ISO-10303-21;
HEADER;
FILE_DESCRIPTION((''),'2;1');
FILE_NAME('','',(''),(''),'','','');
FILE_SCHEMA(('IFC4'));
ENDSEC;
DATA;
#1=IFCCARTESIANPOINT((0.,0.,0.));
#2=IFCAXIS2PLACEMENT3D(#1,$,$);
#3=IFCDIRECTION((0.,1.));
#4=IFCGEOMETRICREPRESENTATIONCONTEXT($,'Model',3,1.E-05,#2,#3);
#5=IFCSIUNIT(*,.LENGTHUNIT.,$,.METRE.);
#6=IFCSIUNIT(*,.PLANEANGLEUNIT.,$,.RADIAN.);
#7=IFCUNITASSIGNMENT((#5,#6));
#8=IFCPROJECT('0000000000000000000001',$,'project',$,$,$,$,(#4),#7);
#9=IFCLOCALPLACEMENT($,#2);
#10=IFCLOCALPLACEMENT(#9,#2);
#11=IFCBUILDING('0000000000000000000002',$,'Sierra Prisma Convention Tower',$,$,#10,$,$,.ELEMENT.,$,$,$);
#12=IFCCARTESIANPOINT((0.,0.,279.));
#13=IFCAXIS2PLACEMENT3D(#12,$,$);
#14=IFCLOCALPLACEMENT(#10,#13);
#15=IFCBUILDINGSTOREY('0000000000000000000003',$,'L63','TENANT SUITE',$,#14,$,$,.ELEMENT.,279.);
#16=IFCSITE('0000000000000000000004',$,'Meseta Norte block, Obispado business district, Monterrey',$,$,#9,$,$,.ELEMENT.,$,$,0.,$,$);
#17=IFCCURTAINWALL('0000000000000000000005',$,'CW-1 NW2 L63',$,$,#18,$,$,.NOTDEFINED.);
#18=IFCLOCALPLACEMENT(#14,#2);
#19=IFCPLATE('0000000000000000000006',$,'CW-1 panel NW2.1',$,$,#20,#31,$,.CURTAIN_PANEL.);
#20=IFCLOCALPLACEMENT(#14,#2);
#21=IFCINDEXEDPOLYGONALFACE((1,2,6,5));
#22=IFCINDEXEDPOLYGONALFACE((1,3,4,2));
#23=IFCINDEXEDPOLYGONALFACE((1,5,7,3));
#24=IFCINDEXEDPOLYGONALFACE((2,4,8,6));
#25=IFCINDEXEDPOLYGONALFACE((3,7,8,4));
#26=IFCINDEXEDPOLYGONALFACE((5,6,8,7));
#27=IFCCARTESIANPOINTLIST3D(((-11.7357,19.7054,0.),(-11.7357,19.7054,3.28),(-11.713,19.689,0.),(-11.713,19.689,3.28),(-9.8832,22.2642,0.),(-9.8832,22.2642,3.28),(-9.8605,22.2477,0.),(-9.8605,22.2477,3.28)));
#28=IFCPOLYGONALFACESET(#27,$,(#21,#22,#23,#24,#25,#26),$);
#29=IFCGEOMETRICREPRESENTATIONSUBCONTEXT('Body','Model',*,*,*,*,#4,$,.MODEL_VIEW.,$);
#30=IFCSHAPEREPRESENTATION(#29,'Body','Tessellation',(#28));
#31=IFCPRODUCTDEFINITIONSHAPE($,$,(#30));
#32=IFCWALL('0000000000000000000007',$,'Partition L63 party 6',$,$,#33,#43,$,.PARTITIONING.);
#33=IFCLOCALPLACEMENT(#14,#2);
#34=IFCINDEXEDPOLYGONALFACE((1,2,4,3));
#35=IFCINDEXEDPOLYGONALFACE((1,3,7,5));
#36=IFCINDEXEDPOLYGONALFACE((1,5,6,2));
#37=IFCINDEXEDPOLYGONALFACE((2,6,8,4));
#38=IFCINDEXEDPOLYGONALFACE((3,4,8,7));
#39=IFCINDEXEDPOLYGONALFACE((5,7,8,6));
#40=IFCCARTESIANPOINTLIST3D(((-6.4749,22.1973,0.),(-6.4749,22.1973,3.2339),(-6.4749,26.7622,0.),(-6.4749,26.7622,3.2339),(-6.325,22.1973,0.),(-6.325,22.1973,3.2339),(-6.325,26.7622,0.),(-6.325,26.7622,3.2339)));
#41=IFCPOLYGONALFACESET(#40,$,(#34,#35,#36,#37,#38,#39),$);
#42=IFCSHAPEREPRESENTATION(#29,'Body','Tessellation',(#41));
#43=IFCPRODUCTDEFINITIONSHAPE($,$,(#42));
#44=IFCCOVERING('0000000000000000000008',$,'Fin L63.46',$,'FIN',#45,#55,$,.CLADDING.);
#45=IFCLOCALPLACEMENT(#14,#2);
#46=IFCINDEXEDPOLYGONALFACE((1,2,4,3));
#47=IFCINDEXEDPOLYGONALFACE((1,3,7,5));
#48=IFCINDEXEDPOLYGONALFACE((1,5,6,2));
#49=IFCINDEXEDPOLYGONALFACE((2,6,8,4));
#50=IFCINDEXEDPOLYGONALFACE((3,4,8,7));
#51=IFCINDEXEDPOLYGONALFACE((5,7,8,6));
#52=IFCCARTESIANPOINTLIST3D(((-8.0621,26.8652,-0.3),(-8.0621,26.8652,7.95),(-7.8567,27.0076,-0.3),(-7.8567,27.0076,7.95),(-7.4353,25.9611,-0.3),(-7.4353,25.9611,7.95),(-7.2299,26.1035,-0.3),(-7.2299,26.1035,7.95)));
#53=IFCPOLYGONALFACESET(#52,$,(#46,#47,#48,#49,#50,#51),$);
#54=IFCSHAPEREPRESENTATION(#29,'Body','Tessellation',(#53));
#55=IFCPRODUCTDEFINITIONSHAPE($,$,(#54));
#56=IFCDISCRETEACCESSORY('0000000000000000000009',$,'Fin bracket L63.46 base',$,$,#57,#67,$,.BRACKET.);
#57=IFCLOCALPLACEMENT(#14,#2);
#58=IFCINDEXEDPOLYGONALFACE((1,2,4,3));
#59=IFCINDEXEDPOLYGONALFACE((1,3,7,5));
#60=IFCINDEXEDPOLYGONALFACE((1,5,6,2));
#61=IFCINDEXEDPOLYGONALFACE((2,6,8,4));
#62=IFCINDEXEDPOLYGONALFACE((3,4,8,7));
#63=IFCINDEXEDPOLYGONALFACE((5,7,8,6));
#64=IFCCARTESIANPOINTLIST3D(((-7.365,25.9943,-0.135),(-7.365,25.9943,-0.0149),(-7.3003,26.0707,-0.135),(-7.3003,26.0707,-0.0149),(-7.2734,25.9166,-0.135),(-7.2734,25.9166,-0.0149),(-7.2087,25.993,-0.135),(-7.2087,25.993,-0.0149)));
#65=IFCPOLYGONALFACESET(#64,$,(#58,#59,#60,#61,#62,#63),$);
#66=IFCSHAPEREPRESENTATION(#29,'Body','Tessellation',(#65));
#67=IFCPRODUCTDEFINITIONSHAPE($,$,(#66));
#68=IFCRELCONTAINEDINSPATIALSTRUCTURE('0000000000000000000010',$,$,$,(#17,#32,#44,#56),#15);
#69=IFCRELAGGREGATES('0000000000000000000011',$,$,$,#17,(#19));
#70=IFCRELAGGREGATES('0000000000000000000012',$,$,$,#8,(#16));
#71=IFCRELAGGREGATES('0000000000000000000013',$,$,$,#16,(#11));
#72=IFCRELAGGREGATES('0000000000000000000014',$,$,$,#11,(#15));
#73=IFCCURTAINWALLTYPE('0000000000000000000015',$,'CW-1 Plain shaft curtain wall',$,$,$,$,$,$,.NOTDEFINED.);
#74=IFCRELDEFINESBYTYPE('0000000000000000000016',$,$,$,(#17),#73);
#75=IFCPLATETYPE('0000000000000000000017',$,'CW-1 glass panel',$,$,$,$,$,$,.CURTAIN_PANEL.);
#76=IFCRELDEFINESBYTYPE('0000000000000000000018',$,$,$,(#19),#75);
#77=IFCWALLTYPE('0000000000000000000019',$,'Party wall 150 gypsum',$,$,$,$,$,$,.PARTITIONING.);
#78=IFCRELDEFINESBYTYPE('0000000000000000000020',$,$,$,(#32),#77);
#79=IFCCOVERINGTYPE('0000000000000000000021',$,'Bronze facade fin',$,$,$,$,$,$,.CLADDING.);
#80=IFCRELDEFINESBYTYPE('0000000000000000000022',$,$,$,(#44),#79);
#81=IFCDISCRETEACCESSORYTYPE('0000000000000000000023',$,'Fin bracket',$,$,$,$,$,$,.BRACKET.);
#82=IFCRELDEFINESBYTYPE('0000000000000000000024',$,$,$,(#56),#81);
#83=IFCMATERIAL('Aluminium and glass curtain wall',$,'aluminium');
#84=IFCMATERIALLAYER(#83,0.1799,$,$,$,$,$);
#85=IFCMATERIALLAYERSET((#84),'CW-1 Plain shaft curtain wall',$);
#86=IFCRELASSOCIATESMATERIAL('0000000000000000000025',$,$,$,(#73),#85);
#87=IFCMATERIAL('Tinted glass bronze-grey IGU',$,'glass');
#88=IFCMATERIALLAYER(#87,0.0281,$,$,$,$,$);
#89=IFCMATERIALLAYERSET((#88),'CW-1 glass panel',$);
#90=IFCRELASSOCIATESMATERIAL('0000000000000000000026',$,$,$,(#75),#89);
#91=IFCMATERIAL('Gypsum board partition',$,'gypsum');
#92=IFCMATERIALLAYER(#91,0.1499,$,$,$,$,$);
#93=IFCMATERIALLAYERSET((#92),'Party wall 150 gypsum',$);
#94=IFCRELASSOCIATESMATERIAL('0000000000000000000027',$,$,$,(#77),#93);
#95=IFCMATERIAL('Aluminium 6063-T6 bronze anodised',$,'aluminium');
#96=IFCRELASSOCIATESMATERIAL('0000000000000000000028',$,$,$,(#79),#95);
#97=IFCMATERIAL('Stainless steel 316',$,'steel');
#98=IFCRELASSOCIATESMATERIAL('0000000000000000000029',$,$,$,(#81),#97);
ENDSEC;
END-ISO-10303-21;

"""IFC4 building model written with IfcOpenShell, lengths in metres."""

from ifc_helpers import new_model, si_unit, direction, frame, frame_2d, origin, origin_2d, place, context, subcontext, project, spatial, rectangle, extrude, material, layer, layer_set, material_profile, profile_set, type_object, element, aggregate, save


model = new_model("IFC4")

# Units and contexts
model_context = context("Model", 3, precision=1e-05, world=origin(), true_north=direction((0.0, 1.0)))
body_context = subcontext(model_context, "Body", "Model", "MODEL_VIEW")
ifc_project = project(units=[si_unit("LENGTHUNIT", "METRE"), si_unit("PLANEANGLEUNIT", "RADIAN")], contexts=[model_context])

# Site, building, storey
site_placement = place(None, origin())
site = spatial("IfcSite", under=ifc_project, at=site_placement, Name="Meseta Norte block, Obispado business district, Monterrey", CompositionType="ELEMENT", RefElevation=0.0)
building_placement = place(site_placement, origin())
building = spatial("IfcBuilding", under=site, at=building_placement, Name="Sierra Prisma Convention Tower", CompositionType="ELEMENT")
storey_placement = place(building_placement, frame((0.0, 0.0, 279.0)))
storey = spatial("IfcBuildingStorey", under=building, at=storey_placement, Name="L63", Description="TENANT SUITE", CompositionType="ELEMENT", Elevation=279.0)

# Shared definitions
ifc_material_1 = material(Name="Aluminium and glass curtain wall", Category="aluminium")
ifc_layer_1 = layer(ifc_material_1, 0.1799)
ifc_layer_set_1 = layer_set([ifc_layer_1], Name="CW-1 Plain shaft curtain wall")
curtain_wall_type = type_object("IfcCurtainWallType", Name="CW-1 Plain shaft curtain wall", PredefinedType="NOTDEFINED", material=ifc_layer_set_1)

# Curtain wall
curtain_wall_1_placement = place(storey_placement, origin())
curtain_wall_1 = element("IfcCurtainWall", 1, at=curtain_wall_1_placement, inside=storey, type_object=curtain_wall_type, Name="CW-1 NW2 L63", PredefinedType="NOTDEFINED")

# Shared definitions
ifc_material_2 = material(Name="Tinted glass bronze-grey IGU", Category="glass")
ifc_layer_2 = layer(ifc_material_2, 0.0281)
ifc_layer_set_2 = layer_set([ifc_layer_2], Name="CW-1 glass panel")
plate_type = type_object("IfcPlateType", Name="CW-1 glass panel", PredefinedType="CURTAIN_PANEL", material=ifc_layer_set_2)

# Plate
plate_1_placement = place(storey_placement, frame((-10.7981, 20.9766, 0.0), z_axis=(0.0, 0.0, 1.0), x_axis=(-0.586431, -0.809999, 0.0)))
plate_1 = element("IfcPlate", 2, at=plate_1_placement, type_object=plate_type, Name="CW-1 panel NW2.1", PredefinedType="CURTAIN_PANEL", context=body_context, shape_type="SweptSolid", body=[
    extrude(rectangle(XDim=3.1589, YDim=0.0281, at=origin_2d()), origin(), (0.0, 0.0, 1.0), 3.28),
])
aggregate(curtain_wall_1, [plate_1])

# Wall
ifc_material_3 = material(Name="Gypsum board partition", Category="gypsum")
ifc_layer_3 = layer(ifc_material_3, 0.1499)
ifc_layer_set_3 = layer_set([ifc_layer_3], Name="Party wall 150 gypsum")
wall_type = type_object("IfcWallType", Name="Party wall 150 gypsum", PredefinedType="PARTITIONING", material=ifc_layer_set_3)
wall_placement = place(storey_placement, frame((-6.3999, 22.1973, 0.0), z_axis=(0.0, 0.0, 1.0), x_axis=(0.0, 1.0, 0.0)))
element("IfcWall", 3, at=wall_placement, inside=storey, type_object=wall_type, Name="Partition L63 party 6", PredefinedType="PARTITIONING", context=body_context, shape_type="SweptSolid", body=[
    extrude(rectangle(XDim=4.5649, YDim=0.1499, at=frame_2d((2.2825, 0.0))), origin(), (0.0, 0.0, 1.0), 3.2339),
])

# Covering
ifc_material_4 = material(Name="Aluminium 6063-T6 bronze anodised", Category="aluminium")
ifc_material_profile_1 = material_profile(ifc_material_4, rectangle(XDim=1.1001, YDim=0.25, at=origin_2d()), Name="ALU FIN 1100x250")
ifc_profile_set_1 = profile_set([ifc_material_profile_1], Name="Aluminium 6063-T6 bronze anodised")
covering_type = type_object("IfcCoveringType", Name="Bronze facade fin", PredefinedType="CLADDING", material=ifc_profile_set_1)
covering_placement = place(storey_placement, frame((-7.646, 26.4844, -0.3), z_axis=(0.0, 0.0, 1.0), x_axis=(-0.569737, 0.821827, 0.0)))
element("IfcCovering", 4, at=covering_placement, inside=storey, type_object=covering_type, Name="Fin L63.46", ObjectType="FIN", PredefinedType="CLADDING", context=body_context, shape_type="SweptSolid", body=[
    extrude(rectangle(XDim=1.1001, YDim=0.25, at=origin_2d()), origin(), (0.0, 0.0, 1.0), 8.25),
])

# Discrete accessory
ifc_material_5 = material(Name="Stainless steel 316", Category="steel")
discrete_accessory_type = type_object("IfcDiscreteAccessoryType", Name="Fin bracket", PredefinedType="BRACKET", material=ifc_material_5)
discrete_accessory_placement = place(storey_placement, frame((-7.2869, 25.9937, -0.135), z_axis=(0.0, 0.0, 1.0), x_axis=(-0.763029, 0.646365, 0.0)))
element("IfcDiscreteAccessory", 5, at=discrete_accessory_placement, inside=storey, type_object=discrete_accessory_type, Name="Fin bracket L63.46 base", PredefinedType="BRACKET", context=body_context, shape_type="SweptSolid", body=[
    extrude(rectangle(XDim=0.1201, YDim=0.1001, at=origin_2d()), origin(), (0.0, 0.0, 1.0), 0.1201),
])

save(model, "model.ifc")
